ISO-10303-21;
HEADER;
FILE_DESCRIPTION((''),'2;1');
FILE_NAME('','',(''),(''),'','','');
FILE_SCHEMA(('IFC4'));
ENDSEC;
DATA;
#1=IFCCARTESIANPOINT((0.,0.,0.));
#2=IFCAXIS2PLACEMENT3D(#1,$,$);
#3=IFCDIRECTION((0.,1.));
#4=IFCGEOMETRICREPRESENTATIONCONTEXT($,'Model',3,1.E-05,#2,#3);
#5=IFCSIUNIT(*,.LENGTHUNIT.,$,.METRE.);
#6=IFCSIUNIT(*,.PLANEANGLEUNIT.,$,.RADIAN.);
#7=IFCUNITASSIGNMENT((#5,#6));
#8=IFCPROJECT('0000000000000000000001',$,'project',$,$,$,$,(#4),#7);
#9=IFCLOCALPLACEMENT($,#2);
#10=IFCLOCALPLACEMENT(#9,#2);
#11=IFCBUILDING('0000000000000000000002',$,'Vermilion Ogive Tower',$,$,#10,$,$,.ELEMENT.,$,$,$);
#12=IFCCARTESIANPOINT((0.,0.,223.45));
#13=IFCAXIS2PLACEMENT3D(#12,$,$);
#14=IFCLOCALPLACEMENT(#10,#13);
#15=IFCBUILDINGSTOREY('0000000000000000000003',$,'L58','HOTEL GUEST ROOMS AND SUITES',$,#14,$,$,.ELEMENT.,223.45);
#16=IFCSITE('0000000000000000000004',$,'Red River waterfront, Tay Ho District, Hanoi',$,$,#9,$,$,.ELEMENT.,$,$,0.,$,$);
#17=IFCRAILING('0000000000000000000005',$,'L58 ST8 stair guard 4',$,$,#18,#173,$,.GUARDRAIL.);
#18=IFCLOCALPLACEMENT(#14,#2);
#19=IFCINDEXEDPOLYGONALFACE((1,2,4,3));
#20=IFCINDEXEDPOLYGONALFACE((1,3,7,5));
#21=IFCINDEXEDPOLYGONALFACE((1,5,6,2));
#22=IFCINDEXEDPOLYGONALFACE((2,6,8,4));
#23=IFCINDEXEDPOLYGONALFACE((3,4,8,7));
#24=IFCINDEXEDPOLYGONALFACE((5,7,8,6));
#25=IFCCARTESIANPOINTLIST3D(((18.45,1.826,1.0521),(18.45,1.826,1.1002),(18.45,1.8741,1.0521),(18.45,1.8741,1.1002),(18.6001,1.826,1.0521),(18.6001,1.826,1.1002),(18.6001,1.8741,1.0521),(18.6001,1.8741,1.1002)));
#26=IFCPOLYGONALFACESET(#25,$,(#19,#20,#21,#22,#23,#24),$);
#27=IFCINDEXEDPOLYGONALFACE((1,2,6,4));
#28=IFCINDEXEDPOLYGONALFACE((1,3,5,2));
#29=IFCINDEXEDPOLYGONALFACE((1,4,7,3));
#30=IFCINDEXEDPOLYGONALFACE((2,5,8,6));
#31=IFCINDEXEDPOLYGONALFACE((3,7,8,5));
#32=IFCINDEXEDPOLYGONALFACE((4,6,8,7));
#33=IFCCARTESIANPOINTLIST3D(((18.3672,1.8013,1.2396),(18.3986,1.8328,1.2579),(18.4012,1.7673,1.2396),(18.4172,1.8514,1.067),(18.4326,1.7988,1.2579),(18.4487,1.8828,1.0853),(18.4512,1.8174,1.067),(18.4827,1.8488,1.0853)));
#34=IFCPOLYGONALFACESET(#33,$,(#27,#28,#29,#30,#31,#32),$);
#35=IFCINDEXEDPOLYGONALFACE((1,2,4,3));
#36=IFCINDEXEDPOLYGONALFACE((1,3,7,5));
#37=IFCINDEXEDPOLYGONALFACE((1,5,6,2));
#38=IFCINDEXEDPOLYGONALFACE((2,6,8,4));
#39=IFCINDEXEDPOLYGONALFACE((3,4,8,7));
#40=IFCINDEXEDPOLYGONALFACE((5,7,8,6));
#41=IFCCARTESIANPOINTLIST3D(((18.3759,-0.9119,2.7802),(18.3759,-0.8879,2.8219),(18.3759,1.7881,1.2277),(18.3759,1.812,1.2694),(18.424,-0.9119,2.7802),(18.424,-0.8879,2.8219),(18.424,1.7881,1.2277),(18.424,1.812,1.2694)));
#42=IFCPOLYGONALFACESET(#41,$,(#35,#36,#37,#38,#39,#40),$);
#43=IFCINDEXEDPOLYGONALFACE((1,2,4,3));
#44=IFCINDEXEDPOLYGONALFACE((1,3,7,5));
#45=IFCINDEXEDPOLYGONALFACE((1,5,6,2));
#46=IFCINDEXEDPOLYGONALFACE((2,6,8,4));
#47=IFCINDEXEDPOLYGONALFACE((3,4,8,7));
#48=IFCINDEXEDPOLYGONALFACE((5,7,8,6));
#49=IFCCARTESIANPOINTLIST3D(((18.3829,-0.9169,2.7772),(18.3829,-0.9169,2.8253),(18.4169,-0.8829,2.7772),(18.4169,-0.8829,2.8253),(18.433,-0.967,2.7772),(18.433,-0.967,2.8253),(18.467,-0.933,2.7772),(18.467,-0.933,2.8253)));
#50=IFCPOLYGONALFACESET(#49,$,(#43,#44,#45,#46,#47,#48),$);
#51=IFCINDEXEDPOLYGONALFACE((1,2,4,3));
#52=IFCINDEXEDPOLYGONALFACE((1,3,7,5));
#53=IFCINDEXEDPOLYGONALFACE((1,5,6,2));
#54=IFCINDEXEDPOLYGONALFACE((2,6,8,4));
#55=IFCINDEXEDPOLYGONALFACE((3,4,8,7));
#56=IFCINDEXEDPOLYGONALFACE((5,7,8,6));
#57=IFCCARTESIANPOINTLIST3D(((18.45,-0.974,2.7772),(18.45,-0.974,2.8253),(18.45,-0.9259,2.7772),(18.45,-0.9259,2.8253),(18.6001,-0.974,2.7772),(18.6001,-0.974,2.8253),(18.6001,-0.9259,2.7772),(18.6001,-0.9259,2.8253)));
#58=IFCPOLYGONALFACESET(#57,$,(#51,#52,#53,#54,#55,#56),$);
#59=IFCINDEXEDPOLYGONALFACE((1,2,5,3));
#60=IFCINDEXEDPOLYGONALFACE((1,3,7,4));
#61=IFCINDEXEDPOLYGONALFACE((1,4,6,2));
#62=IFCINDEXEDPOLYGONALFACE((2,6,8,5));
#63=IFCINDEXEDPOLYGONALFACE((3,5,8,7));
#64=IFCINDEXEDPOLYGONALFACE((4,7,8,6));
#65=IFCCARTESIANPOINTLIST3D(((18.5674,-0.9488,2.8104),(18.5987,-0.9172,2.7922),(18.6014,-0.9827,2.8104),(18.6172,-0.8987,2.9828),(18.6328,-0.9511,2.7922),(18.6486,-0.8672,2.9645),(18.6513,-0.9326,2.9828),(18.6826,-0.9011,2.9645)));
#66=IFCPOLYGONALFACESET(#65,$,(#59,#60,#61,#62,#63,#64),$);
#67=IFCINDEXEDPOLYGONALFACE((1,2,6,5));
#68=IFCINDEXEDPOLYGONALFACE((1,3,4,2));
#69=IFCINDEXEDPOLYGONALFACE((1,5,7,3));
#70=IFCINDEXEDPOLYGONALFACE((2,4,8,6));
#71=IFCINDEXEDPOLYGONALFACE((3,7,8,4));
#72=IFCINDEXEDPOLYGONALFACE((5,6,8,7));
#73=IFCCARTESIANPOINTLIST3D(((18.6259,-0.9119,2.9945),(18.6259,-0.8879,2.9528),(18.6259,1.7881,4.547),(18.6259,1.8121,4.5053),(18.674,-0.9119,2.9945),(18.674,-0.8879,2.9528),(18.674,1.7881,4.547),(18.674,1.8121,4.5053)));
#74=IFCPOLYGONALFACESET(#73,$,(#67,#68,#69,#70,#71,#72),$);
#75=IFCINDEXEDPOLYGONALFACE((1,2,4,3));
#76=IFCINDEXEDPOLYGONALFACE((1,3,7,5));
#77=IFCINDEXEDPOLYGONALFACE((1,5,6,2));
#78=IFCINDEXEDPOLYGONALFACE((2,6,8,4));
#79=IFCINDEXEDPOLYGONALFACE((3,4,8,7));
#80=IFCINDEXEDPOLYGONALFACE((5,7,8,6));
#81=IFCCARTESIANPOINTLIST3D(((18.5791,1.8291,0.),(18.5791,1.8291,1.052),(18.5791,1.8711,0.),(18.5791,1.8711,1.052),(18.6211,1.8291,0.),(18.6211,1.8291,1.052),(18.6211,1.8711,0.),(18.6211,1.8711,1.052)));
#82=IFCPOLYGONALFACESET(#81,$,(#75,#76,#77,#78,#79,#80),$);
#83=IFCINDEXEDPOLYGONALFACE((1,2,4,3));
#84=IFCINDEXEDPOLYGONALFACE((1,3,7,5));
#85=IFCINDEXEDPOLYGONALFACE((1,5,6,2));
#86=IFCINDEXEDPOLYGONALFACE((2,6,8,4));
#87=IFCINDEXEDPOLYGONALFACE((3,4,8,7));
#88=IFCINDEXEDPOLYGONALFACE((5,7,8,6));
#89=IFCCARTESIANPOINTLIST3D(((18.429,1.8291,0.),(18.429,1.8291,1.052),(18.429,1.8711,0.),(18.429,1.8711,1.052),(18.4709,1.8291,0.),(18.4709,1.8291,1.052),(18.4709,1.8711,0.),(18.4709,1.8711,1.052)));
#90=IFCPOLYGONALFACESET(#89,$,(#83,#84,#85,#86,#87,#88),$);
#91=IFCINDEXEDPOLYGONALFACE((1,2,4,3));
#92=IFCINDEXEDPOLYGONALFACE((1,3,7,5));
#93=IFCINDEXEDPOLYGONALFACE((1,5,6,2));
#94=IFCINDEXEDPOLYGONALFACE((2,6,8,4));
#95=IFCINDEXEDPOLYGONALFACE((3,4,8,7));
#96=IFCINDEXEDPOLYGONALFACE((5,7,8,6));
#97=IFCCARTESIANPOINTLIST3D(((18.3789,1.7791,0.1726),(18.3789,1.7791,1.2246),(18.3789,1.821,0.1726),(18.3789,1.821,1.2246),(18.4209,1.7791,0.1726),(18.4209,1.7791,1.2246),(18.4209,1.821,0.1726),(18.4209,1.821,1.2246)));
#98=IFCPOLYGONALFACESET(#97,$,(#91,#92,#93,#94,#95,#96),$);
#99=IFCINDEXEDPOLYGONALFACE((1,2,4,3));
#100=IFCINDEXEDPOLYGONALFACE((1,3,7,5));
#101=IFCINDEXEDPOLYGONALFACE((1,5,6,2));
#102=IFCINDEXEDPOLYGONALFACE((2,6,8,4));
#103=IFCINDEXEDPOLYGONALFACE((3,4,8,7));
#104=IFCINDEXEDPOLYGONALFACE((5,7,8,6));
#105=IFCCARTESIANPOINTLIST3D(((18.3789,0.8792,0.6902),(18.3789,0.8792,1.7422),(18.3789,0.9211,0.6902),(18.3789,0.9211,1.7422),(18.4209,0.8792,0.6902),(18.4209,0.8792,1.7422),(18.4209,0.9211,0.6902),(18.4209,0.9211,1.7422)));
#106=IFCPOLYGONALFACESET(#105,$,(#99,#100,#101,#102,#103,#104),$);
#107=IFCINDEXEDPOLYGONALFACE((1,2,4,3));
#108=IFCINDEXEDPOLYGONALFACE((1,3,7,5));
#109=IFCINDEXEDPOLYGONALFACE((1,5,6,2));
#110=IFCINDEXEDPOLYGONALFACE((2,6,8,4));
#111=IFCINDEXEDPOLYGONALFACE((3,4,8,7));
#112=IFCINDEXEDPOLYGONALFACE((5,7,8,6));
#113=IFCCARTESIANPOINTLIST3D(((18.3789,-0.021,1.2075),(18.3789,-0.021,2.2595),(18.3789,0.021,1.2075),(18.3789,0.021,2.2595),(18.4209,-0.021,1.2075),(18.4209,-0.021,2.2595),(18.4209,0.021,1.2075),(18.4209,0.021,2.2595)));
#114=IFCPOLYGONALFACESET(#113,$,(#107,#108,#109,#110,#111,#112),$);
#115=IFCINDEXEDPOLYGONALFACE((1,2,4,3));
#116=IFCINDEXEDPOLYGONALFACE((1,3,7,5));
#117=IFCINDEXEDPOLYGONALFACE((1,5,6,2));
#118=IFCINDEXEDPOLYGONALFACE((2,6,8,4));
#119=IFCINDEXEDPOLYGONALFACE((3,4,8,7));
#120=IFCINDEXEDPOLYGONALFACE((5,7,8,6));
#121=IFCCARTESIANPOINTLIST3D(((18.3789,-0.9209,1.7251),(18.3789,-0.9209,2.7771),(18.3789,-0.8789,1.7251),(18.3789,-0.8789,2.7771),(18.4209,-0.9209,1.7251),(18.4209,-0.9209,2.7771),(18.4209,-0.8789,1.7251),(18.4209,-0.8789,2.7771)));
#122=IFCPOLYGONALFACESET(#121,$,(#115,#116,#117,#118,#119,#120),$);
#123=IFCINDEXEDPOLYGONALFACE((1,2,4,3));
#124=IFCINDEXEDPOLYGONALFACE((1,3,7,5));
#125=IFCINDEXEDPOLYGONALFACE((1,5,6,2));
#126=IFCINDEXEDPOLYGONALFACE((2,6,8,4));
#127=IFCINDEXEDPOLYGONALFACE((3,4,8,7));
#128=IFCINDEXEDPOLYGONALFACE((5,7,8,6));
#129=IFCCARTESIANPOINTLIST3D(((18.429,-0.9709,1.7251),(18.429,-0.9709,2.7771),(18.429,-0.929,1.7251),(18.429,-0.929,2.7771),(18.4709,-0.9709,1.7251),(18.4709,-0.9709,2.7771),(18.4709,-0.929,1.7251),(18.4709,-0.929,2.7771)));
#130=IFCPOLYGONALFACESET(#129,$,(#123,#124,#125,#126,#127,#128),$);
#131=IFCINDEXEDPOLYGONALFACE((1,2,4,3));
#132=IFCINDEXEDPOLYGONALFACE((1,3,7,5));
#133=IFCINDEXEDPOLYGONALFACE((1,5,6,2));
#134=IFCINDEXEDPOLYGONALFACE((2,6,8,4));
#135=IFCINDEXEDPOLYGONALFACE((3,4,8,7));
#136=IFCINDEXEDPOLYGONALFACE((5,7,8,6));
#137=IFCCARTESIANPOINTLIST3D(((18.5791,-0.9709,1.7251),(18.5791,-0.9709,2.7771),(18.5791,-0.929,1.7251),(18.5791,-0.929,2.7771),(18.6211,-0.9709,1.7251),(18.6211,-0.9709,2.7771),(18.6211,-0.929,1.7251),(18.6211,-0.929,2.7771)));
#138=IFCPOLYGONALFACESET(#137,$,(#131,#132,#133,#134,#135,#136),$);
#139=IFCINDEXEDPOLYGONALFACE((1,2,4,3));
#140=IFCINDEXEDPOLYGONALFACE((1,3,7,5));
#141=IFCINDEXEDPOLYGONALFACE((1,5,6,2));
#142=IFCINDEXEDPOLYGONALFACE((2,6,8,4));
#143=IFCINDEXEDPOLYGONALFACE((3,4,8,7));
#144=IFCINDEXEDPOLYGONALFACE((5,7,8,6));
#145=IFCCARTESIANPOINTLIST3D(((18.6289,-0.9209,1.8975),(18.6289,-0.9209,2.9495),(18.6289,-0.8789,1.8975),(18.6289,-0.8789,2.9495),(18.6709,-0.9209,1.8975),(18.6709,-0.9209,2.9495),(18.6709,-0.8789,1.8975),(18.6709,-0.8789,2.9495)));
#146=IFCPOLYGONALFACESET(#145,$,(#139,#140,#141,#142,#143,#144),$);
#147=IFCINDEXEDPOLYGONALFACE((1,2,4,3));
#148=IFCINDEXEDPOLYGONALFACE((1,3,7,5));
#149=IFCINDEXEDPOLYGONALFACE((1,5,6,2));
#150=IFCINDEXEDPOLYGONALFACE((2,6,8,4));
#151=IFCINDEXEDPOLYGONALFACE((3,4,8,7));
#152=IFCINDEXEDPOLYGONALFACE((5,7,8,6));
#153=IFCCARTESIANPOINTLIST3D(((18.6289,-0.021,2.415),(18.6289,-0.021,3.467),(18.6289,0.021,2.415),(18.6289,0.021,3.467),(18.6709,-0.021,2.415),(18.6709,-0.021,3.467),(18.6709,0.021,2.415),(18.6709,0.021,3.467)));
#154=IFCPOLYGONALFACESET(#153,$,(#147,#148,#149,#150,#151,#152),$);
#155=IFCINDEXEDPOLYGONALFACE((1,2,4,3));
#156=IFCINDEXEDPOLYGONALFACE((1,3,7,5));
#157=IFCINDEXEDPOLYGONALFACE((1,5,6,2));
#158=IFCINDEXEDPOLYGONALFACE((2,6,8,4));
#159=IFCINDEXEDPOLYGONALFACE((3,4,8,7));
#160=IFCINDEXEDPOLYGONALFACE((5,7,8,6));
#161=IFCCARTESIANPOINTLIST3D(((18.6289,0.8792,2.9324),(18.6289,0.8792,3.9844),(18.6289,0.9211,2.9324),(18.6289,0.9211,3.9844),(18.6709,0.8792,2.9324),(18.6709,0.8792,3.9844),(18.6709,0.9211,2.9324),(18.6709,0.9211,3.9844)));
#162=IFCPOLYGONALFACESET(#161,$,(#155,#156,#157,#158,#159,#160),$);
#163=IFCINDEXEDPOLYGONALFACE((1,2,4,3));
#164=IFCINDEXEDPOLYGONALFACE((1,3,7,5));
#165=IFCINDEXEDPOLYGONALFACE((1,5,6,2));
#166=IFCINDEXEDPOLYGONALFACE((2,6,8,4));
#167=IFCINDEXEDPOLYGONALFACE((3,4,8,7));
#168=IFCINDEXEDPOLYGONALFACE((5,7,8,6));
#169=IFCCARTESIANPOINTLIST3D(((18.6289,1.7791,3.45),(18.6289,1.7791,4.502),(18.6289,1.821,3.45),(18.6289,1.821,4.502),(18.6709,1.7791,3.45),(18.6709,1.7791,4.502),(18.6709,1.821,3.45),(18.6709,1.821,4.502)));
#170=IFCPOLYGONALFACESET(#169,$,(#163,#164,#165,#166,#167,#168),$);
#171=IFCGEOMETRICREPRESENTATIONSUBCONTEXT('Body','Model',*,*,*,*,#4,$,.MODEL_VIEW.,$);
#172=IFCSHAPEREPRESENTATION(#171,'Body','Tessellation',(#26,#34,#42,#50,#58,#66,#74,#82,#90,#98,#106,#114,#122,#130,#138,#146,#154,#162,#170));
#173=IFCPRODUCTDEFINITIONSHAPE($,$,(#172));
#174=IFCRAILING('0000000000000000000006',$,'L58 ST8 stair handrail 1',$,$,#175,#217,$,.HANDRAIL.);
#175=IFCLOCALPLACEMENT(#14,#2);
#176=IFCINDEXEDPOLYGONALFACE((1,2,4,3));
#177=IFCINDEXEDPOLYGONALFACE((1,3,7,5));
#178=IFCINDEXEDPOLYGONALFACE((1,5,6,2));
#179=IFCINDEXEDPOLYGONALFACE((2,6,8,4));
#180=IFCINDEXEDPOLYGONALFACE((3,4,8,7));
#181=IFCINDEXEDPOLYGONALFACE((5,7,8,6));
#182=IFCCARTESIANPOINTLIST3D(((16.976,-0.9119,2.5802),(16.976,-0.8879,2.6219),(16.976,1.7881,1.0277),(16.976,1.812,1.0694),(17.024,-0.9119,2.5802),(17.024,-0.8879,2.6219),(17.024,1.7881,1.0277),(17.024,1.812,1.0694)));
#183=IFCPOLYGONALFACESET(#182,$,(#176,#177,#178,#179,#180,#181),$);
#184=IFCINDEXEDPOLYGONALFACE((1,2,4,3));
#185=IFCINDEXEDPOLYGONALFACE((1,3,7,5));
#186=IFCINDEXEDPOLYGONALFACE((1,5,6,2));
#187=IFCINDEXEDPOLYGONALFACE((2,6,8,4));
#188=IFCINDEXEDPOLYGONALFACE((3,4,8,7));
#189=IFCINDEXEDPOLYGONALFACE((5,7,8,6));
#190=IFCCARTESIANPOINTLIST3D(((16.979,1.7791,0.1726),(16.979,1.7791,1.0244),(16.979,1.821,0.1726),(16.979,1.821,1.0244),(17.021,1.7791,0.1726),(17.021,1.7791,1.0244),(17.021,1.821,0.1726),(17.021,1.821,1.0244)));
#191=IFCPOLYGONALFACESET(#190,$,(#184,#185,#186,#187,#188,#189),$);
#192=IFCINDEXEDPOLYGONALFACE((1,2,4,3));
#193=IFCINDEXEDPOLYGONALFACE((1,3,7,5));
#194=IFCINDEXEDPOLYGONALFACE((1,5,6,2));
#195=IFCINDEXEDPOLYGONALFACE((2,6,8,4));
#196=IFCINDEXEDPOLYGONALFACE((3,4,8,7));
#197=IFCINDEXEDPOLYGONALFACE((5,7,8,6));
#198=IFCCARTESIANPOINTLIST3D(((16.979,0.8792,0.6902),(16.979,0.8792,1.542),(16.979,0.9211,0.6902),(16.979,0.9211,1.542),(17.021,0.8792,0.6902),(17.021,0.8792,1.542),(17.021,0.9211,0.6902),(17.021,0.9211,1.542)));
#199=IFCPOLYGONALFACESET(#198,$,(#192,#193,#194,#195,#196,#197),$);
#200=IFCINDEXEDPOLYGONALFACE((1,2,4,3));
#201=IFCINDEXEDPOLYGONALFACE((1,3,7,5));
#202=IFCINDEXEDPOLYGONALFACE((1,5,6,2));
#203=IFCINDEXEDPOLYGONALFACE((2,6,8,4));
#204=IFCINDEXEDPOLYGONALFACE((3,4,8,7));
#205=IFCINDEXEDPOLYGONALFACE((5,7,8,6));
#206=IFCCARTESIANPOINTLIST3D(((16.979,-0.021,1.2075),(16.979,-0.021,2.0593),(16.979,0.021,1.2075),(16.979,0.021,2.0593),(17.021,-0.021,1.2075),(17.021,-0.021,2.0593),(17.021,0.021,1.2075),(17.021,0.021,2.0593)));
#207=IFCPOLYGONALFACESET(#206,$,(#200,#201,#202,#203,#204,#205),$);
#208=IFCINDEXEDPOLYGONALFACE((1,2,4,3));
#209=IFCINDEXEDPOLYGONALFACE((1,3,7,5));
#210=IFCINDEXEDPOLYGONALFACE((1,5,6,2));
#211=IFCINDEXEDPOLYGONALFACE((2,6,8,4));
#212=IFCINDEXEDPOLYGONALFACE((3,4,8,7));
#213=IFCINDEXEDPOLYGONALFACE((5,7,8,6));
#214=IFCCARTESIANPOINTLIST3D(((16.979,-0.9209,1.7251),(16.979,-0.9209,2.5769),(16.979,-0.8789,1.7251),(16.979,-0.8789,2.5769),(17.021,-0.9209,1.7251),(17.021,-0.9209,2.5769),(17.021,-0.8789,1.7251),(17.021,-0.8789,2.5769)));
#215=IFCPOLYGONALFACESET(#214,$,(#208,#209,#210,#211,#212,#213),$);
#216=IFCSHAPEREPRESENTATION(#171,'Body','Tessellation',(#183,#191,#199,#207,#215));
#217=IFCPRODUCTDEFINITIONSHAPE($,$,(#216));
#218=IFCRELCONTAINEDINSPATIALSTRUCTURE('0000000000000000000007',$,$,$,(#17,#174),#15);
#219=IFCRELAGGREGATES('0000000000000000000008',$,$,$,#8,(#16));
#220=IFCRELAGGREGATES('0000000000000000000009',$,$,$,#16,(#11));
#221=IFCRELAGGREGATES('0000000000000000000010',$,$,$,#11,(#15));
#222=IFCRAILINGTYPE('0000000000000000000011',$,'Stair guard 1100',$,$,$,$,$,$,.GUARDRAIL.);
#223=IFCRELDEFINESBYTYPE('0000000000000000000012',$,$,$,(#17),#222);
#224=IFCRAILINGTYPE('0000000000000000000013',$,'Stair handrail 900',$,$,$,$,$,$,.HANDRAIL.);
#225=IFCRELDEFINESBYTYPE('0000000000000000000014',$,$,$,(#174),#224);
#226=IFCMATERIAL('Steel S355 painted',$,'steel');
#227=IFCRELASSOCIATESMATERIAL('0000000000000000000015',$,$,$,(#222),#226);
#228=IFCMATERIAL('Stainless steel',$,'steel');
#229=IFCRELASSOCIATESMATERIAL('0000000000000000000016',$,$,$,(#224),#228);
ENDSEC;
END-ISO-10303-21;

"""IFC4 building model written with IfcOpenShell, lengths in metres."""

from ifc_helpers import new_model, si_unit, direction, frame, origin, origin_2d, place, context, subcontext, project, spatial, rectangle, extrude, material, type_object, element, save


model = new_model("IFC4")

# Units and contexts
model_context = context("Model", 3, precision=1e-05, world=origin(), true_north=direction((0.0, 1.0)))
body_context = subcontext(model_context, "Body", "Model", "MODEL_VIEW")
ifc_project = project(units=[si_unit("LENGTHUNIT", "METRE"), si_unit("PLANEANGLEUNIT", "RADIAN")], contexts=[model_context])

# Site, building, storey
site_placement = place(None, origin())
site = spatial("IfcSite", under=ifc_project, at=site_placement, Name="Red River waterfront, Tay Ho District, Hanoi", CompositionType="ELEMENT", RefElevation=0.0)
building_placement = place(site_placement, origin())
building = spatial("IfcBuilding", under=site, at=building_placement, Name="Vermilion Ogive Tower", CompositionType="ELEMENT")
storey_placement = place(building_placement, frame((0.0, 0.0, 223.45)))
storey = spatial("IfcBuildingStorey", under=building, at=storey_placement, Name="L58", Description="HOTEL GUEST ROOMS AND SUITES", CompositionType="ELEMENT", Elevation=223.45)

# Railings
ifc_material_1 = material(Name="Steel S355 painted", Category="steel")
railing_type_1 = type_object("IfcRailingType", Name="Stair guard 1100", PredefinedType="GUARDRAIL", material=ifc_material_1)
railing_1_placement = place(storey_placement, frame((18.6001, 1.8501, 0.0)))
element("IfcRailing", 1, at=railing_1_placement, inside=storey, type_object=railing_type_1, Name="L58 ST8 stair guard 4", PredefinedType="GUARDRAIL", context=body_context, shape_type="SweptSolid", body=[
    extrude(rectangle(XDim=0.0481, YDim=0.0481, at=origin_2d()), frame((0.0, 0.0, 1.0762), z_axis=(-1.0, 0.0, 0.0), x_axis=(0.0, -1.0, 0.0)), (0.0, 0.0, 1.0), 0.1501),
    extrude(rectangle(XDim=0.0481, YDim=0.0481, at=origin_2d()), frame((-0.1501, 0.0, 1.0762), z_axis=(-0.268278, -0.268278, 0.925232), x_axis=(0.707107, -0.707107, 0.0)), (0.0, 0.0, 1.0), 0.1865),
    extrude(rectangle(XDim=0.0481, YDim=0.0481, at=origin_2d()), frame((-0.2002, -0.05, 1.2485), z_axis=(0.0, -0.866904, 0.498476), x_axis=(1.0, 0.0, 0.0)), (0.0, 0.0, 1.0), 3.1145),
    extrude(rectangle(XDim=0.0481, YDim=0.0481, at=origin_2d()), frame((-0.2002, -2.75, 2.8013), z_axis=(0.707107, -0.707107, 0.0), x_axis=(0.707107, 0.707107, 0.0)), (0.0, 0.0, 1.0), 0.0708),
    extrude(rectangle(XDim=0.0481, YDim=0.0481, at=origin_2d()), frame((-0.1501, -2.8, 2.8013), z_axis=(1.0, 0.0, 0.0), x_axis=(0.0, 1.0, 0.0)), (0.0, 0.0, 1.0), 0.1501),
    extrude(rectangle(XDim=0.0481, YDim=0.0481, at=origin_2d()), frame((0.0, -2.8, 2.8013), z_axis=(0.267387, 0.268698, 0.925368), x_axis=(-0.708834, 0.705376, 0.0)), (0.0, 0.0, 1.0), 0.1863),
    extrude(rectangle(XDim=0.0481, YDim=0.0481, at=origin_2d()), frame((0.0498, -2.75, 2.9736), z_axis=(0.0, 0.866904, 0.498476), x_axis=(-1.0, 0.0, 0.0)), (0.0, 0.0, 1.0), 3.1145),
    extrude(rectangle(XDim=0.042, YDim=0.042, at=origin_2d()), origin(), (0.0, 0.0, 1.0), 1.052),
    extrude(rectangle(XDim=0.042, YDim=0.042, at=origin_2d()), frame((-0.1501, 0.0, 0.0)), (0.0, 0.0, 1.0), 1.052),
    extrude(rectangle(XDim=0.042, YDim=0.042, at=origin_2d()), frame((-0.2002, -0.05, 0.1726)), (0.0, 0.0, 1.0), 1.052),
    extrude(rectangle(XDim=0.042, YDim=0.042, at=origin_2d()), frame((-0.2002, -0.95, 0.6902)), (0.0, 0.0, 1.0), 1.052),
    extrude(rectangle(XDim=0.042, YDim=0.042, at=origin_2d()), frame((-0.2002, -1.8501, 1.2075)), (0.0, 0.0, 1.0), 1.052),
    extrude(rectangle(XDim=0.042, YDim=0.042, at=origin_2d()), frame((-0.2002, -2.75, 1.7251)), (0.0, 0.0, 1.0), 1.052),
    extrude(rectangle(XDim=0.042, YDim=0.042, at=origin_2d()), frame((-0.1501, -2.8, 1.7251)), (0.0, 0.0, 1.0), 1.052),
    extrude(rectangle(XDim=0.042, YDim=0.042, at=origin_2d()), frame((0.0, -2.8, 1.7251)), (0.0, 0.0, 1.0), 1.052),
    extrude(rectangle(XDim=0.042, YDim=0.042, at=origin_2d()), frame((0.0498, -2.75, 1.8975)), (0.0, 0.0, 1.0), 1.052),
    extrude(rectangle(XDim=0.042, YDim=0.042, at=origin_2d()), frame((0.0498, -1.8501, 2.415)), (0.0, 0.0, 1.0), 1.052),
    extrude(rectangle(XDim=0.042, YDim=0.042, at=origin_2d()), frame((0.0498, -0.95, 2.9324)), (0.0, 0.0, 1.0), 1.052),
    extrude(rectangle(XDim=0.042, YDim=0.042, at=origin_2d()), frame((0.0498, -0.05, 3.45)), (0.0, 0.0, 1.0), 1.052),
])
ifc_material_2 = material(Name="Stainless steel", Category="steel")
railing_type_2 = type_object("IfcRailingType", Name="Stair handrail 900", PredefinedType="HANDRAIL", material=ifc_material_2)
railing_2_placement = place(storey_placement, frame((17.0, 1.8, 0.1726)))
element("IfcRailing", 2, at=railing_2_placement, inside=storey, type_object=railing_type_2, Name="L58 ST8 stair handrail 1", PredefinedType="HANDRAIL", context=body_context, shape_type="SweptSolid", body=[
    extrude(rectangle(XDim=0.0481, YDim=0.0481, at=origin_2d()), frame((0.0, 0.0, 0.876), z_axis=(0.0, -0.866904, 0.498476), x_axis=(1.0, 0.0, 0.0)), (0.0, 0.0, 1.0), 3.1145),
    extrude(rectangle(XDim=0.042, YDim=0.042, at=origin_2d()), origin(), (0.0, 0.0, 1.0), 0.8518),
    extrude(rectangle(XDim=0.042, YDim=0.042, at=origin_2d()), frame((0.0, -0.8999, 0.5176)), (0.0, 0.0, 1.0), 0.8518),
    extrude(rectangle(XDim=0.042, YDim=0.042, at=origin_2d()), frame((0.0, -1.8, 1.0349)), (0.0, 0.0, 1.0), 0.8518),
    extrude(rectangle(XDim=0.042, YDim=0.042, at=origin_2d()), frame((0.0, -2.7, 1.5525)), (0.0, 0.0, 1.0), 0.8518),
])

save(model, "model.ifc")
